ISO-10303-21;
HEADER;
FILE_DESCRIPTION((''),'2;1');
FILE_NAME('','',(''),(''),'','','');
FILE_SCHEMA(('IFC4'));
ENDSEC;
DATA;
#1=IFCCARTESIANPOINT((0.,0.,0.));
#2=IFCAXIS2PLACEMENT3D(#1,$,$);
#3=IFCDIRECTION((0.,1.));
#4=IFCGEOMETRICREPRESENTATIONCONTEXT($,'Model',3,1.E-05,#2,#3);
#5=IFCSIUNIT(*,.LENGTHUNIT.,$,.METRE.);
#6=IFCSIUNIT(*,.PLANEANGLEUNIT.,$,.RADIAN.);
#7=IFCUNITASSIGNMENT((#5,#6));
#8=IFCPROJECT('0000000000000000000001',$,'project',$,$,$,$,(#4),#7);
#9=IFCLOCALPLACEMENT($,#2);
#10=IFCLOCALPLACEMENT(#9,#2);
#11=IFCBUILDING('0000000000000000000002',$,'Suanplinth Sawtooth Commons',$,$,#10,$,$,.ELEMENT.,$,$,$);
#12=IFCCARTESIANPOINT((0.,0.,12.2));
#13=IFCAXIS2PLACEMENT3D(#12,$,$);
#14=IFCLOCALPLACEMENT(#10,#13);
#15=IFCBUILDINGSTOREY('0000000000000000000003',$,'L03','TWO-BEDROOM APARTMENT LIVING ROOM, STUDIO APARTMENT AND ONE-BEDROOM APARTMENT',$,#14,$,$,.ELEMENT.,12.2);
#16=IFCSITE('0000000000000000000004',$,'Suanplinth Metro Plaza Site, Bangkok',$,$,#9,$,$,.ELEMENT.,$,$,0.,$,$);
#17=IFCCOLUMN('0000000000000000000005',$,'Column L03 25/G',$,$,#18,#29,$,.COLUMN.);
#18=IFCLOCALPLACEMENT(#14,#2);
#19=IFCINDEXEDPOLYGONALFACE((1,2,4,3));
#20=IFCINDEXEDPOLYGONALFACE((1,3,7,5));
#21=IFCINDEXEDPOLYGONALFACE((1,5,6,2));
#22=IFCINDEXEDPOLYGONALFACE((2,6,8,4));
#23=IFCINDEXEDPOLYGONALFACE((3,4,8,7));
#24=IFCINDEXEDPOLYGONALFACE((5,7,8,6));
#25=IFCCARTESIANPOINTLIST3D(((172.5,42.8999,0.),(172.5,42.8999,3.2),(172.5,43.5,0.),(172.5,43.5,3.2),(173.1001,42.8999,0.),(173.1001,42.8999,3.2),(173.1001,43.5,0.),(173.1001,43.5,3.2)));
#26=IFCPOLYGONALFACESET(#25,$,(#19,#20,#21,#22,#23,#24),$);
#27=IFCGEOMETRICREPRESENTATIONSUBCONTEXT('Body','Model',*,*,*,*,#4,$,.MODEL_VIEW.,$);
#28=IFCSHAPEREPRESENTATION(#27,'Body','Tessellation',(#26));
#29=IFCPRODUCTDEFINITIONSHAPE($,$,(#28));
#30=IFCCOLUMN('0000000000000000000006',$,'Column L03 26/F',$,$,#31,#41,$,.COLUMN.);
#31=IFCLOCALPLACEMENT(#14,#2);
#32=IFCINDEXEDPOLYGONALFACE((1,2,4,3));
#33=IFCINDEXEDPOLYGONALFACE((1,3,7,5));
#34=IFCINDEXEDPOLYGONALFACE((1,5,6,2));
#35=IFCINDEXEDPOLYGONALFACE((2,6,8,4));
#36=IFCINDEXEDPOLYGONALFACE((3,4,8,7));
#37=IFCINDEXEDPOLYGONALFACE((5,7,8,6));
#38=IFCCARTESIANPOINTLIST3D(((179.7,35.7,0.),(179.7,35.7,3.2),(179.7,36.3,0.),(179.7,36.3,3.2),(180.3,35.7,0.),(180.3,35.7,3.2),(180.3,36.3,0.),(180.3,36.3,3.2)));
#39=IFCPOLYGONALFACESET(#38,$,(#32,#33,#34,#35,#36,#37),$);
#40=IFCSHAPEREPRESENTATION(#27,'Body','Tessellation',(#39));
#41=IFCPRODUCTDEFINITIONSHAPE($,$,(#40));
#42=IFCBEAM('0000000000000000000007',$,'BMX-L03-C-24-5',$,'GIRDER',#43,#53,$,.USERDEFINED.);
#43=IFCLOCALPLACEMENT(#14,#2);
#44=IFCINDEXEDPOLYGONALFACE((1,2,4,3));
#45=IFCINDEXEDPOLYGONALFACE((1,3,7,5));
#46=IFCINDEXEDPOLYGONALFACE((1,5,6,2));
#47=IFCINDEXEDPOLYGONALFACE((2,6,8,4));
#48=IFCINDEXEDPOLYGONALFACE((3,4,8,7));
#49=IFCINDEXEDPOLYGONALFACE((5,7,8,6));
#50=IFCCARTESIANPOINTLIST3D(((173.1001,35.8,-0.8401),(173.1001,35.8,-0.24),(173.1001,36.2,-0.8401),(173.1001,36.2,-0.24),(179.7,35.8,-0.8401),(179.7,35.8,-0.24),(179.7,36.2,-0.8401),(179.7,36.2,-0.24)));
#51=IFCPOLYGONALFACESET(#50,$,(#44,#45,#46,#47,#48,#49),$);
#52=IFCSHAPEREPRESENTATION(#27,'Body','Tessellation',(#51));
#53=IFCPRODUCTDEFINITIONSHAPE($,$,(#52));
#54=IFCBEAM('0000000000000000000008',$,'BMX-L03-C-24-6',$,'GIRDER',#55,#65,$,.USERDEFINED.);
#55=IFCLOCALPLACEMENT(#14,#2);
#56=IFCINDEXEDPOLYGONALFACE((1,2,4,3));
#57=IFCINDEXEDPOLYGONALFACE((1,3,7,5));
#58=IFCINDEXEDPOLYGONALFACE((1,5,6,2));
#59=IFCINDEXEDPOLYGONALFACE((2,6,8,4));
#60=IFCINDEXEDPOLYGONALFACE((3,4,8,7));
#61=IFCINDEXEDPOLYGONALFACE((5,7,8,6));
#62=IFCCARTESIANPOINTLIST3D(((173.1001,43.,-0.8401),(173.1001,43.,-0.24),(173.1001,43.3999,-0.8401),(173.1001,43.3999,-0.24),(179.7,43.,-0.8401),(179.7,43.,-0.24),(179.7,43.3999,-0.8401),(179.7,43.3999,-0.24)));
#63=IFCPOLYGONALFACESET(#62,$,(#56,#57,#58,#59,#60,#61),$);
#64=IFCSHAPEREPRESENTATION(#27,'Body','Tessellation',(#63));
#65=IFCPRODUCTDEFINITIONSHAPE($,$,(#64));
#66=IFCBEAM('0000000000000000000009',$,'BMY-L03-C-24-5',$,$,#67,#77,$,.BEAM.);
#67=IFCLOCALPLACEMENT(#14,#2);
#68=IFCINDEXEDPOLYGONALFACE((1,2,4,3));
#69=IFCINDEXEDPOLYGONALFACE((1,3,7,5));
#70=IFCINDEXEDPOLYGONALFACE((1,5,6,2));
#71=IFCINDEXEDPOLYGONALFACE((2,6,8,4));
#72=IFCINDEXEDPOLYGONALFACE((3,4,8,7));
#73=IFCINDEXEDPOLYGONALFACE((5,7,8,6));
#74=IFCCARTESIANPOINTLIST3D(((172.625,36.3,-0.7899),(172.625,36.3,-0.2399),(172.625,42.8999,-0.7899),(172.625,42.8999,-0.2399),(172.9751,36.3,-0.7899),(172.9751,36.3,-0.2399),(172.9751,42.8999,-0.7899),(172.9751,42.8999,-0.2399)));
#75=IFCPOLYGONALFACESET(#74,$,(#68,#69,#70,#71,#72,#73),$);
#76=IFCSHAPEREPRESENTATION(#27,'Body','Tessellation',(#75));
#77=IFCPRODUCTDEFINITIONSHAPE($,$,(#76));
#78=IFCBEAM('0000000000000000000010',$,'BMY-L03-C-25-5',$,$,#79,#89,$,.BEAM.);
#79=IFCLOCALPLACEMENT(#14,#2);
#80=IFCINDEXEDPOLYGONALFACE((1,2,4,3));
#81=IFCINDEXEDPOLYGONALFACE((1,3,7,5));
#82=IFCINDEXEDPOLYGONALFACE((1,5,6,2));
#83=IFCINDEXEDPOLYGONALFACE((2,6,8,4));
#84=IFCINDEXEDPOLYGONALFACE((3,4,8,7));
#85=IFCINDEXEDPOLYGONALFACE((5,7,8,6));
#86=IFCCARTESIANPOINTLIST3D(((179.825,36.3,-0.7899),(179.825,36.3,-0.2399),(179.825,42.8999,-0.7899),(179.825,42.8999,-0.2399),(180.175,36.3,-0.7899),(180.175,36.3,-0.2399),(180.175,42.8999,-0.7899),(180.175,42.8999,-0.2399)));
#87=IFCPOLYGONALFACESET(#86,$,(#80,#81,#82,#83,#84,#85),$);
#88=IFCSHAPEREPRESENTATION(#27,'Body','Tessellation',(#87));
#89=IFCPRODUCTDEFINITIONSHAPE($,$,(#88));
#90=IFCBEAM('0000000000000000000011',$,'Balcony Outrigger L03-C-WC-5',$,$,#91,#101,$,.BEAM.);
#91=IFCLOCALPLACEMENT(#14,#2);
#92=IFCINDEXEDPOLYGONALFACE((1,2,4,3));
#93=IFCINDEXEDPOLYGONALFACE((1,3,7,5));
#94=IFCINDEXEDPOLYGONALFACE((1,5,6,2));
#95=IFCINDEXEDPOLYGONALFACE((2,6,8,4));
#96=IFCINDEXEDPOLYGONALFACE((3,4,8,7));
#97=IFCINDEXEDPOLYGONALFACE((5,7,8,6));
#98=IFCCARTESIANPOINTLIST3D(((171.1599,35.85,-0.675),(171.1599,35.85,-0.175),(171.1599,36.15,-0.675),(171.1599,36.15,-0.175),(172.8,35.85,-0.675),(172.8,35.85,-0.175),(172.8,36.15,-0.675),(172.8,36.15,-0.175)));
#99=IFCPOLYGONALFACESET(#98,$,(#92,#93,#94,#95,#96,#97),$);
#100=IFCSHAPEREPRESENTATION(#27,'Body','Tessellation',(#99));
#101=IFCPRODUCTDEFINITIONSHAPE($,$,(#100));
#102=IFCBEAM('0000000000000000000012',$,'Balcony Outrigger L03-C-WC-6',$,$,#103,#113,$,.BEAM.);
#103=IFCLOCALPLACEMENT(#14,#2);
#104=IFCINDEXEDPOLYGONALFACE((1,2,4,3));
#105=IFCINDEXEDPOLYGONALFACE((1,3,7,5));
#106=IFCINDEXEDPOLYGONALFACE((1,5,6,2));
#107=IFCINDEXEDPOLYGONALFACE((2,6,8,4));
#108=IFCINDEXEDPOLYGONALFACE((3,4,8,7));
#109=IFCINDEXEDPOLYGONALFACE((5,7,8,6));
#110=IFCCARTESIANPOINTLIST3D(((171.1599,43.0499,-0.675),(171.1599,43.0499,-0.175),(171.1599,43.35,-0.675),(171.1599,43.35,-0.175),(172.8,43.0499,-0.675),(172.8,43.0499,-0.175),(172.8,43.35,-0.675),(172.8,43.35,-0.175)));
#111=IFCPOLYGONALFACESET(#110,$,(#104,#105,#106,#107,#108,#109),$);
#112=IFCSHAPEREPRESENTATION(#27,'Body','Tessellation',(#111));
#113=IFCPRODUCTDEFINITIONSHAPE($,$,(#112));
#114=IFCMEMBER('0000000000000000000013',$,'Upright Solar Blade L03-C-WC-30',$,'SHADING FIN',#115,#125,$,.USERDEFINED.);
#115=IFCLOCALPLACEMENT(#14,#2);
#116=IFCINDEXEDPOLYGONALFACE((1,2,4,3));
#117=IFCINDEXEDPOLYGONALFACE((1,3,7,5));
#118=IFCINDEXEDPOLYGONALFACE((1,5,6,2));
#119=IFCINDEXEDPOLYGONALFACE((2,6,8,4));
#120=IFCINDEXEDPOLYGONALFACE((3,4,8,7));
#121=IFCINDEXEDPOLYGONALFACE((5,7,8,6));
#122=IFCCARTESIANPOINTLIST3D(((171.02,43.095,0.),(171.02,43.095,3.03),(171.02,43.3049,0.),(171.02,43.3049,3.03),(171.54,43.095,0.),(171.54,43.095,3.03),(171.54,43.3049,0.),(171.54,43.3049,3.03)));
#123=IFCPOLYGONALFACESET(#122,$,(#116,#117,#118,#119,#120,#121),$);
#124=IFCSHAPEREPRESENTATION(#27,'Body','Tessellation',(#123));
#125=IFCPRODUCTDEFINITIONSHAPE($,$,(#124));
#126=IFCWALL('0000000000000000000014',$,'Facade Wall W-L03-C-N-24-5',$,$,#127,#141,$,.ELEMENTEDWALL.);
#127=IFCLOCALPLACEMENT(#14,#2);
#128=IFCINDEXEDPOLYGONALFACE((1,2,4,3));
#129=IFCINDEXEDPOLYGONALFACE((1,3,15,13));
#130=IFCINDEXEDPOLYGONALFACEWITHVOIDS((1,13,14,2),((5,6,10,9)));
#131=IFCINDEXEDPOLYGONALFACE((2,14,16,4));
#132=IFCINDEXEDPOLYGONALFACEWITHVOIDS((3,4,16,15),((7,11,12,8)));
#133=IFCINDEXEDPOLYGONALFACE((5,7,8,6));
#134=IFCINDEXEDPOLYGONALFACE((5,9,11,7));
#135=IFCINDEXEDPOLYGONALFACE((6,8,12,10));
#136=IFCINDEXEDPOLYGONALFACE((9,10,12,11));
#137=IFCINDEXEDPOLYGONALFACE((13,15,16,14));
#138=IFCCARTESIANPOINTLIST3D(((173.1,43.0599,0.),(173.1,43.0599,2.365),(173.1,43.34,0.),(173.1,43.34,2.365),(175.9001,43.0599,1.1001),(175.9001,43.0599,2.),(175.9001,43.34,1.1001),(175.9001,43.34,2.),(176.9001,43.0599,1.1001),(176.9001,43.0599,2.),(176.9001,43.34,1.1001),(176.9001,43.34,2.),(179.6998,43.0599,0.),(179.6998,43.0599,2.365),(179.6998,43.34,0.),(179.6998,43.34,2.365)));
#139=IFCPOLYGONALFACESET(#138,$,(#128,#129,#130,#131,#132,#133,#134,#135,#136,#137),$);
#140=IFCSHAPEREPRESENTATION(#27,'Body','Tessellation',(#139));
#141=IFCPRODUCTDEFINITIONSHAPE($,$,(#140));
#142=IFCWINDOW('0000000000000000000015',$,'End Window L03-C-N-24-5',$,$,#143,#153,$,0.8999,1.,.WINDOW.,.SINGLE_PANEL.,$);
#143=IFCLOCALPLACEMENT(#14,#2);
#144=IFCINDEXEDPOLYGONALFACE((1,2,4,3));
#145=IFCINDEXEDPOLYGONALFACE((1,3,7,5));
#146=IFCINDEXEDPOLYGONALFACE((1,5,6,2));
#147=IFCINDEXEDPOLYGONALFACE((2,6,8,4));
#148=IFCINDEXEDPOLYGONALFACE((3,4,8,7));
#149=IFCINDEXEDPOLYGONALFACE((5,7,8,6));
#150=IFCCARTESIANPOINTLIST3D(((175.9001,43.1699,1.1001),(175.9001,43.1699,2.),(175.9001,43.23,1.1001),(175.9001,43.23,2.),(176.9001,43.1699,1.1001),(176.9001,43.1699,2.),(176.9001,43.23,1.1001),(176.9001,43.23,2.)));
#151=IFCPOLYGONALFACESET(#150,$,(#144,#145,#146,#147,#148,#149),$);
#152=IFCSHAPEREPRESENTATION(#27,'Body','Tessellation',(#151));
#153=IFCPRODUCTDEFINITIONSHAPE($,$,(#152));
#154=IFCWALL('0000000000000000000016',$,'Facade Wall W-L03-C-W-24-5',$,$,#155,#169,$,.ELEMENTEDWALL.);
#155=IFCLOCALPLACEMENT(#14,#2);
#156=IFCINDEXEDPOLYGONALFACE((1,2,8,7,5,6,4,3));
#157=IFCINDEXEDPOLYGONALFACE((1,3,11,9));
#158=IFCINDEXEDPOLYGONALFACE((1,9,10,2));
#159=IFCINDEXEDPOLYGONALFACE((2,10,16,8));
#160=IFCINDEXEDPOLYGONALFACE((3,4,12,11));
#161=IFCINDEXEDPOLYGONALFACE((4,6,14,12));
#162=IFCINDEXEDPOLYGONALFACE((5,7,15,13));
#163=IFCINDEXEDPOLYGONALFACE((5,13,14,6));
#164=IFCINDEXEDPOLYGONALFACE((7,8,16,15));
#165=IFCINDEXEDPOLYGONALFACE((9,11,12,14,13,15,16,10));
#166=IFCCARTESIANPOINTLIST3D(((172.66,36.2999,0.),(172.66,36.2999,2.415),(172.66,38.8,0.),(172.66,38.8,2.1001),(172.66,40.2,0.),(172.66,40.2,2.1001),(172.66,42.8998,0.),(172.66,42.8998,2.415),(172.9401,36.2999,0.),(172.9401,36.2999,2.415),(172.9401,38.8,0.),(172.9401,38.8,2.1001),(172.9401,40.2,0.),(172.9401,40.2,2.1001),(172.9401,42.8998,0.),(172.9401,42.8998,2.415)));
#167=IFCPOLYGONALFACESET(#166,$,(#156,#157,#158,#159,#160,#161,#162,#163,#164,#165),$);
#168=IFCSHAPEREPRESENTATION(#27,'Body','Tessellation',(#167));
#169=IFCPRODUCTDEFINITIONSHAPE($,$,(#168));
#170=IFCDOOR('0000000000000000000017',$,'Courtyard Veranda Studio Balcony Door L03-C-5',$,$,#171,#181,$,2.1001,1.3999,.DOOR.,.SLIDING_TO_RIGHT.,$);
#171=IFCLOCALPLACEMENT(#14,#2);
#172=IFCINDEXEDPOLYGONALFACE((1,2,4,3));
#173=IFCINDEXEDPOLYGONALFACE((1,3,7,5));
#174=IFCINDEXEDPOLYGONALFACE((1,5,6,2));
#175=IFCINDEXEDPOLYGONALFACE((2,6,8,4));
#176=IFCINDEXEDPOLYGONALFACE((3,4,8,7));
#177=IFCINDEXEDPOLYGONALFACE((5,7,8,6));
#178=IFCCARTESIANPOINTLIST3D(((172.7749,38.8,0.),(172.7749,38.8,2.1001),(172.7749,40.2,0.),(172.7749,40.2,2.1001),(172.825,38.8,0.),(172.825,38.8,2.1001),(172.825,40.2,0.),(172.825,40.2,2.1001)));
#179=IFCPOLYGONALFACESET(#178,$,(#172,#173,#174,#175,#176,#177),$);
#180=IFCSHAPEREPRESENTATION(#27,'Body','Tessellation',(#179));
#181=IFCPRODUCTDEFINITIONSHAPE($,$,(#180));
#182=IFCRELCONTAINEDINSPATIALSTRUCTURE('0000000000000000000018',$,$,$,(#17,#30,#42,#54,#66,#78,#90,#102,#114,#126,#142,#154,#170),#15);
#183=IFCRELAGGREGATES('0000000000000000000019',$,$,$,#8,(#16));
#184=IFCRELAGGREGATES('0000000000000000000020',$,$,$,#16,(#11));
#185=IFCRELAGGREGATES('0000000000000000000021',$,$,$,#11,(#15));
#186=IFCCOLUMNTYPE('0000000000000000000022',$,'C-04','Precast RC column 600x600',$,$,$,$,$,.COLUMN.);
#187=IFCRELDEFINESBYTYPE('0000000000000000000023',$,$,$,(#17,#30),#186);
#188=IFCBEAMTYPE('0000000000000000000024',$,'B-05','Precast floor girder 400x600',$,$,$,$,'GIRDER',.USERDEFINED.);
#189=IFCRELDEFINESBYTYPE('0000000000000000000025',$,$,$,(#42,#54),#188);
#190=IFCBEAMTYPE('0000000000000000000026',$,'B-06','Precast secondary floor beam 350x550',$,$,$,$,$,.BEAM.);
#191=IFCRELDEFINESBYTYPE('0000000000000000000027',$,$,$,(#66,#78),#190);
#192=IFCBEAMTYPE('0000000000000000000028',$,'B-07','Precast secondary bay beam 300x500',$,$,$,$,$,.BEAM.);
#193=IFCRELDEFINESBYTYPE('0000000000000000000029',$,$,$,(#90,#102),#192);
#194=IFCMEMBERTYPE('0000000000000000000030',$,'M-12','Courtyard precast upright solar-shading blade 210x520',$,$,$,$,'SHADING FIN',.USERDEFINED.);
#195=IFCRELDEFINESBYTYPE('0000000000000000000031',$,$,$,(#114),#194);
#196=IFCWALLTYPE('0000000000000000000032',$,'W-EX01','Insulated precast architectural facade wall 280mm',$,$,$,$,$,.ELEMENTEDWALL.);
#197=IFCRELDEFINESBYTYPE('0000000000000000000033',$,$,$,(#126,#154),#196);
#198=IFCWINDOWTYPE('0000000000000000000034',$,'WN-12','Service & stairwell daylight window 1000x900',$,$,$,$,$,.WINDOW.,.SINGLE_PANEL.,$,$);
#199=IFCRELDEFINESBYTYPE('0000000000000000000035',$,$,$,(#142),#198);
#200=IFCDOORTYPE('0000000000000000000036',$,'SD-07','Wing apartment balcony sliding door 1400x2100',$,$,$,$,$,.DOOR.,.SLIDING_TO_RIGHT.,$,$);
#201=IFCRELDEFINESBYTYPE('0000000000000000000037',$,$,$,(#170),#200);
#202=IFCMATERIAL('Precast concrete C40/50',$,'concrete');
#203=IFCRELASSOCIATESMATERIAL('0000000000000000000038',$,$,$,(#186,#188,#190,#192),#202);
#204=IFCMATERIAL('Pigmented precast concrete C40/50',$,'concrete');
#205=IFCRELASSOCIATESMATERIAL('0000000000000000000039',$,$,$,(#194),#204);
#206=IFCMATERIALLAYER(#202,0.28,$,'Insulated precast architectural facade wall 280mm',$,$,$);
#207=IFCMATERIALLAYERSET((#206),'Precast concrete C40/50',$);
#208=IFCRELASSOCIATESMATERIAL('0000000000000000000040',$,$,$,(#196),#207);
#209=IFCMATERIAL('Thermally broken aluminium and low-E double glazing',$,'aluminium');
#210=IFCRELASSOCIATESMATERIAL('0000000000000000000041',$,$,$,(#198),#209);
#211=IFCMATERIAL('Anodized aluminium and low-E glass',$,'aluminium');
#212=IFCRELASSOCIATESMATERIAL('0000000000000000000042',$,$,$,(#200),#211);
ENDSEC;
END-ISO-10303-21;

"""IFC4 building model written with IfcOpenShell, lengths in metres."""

from ifc_helpers import new_model, si_unit, direction, frame, frame_2d, origin, origin_2d, place, context, subcontext, project, spatial, rectangle, extrude, material, layer, layer_set, material_profile, profile_set, type_object, element, fill, save


model = new_model("IFC4")

# Units and contexts
model_context = context("Model", 3, precision=1e-05, world=origin(), true_north=direction((0.0, 1.0)))
body_context = subcontext(model_context, "Body", "Model", "MODEL_VIEW")
ifc_project = project(units=[si_unit("LENGTHUNIT", "METRE"), si_unit("PLANEANGLEUNIT", "RADIAN")], contexts=[model_context])

# Site, building, storey
site_placement = place(None, origin())
site = spatial("IfcSite", under=ifc_project, at=site_placement, Name="Suanplinth Metro Plaza Site, Bangkok", CompositionType="ELEMENT", RefElevation=0.0)
building_placement = place(site_placement, origin())
building = spatial("IfcBuilding", under=site, at=building_placement, Name="Suanplinth Sawtooth Commons", CompositionType="ELEMENT")
storey_placement = place(building_placement, frame((0.0, 0.0, 12.2)))
storey = spatial("IfcBuildingStorey", under=building, at=storey_placement, Name="L03", Description="TWO-BEDROOM APARTMENT LIVING ROOM, STUDIO APARTMENT AND ONE-BEDROOM APARTMENT", CompositionType="ELEMENT", Elevation=12.2)

# Columns
ifc_material_1 = material(Name="Precast concrete C40/50", Category="concrete")
ifc_material_profile_1 = material_profile(ifc_material_1, rectangle(XDim=0.6001, YDim=0.6001, at=origin_2d()), Name="PC-COL 600x600")
ifc_profile_set_1 = profile_set([ifc_material_profile_1], Name="Precast concrete C40/50")
column_type = type_object("IfcColumnType", Name="C-04", Description="Precast RC column 600x600", PredefinedType="COLUMN", material=ifc_profile_set_1)
for number, where, z_axis, x_axis, name in (
    (1, (172.8, 43.2, 0.0), (0.0, 0.0, 1.0), (1.0, 0.0, 0.0), "Column L03 25/G"),
    (2, (180.0, 36.0, 0.0), (0.0, 0.0, 1.0), (1.0, 0.0, 0.0), "Column L03 26/F"),
):
    element("IfcColumn", number, at=place(storey_placement, frame(where, z_axis=z_axis, x_axis=x_axis)), inside=storey, type_object=column_type, Name=name, PredefinedType="COLUMN", context=body_context, shape_type="SweptSolid", body=[
        extrude(rectangle(XDim=0.6001, YDim=0.6001, at=origin_2d()), origin(), (0.0, 0.0, 1.0), 3.2),
    ])

# Beams
ifc_material_profile_2 = material_profile(ifc_material_1, rectangle(XDim=0.3999, YDim=0.6001, at=origin_2d()), Name="PC-GDR 400x600")
ifc_profile_set_2 = profile_set([ifc_material_profile_2], Name="Precast concrete C40/50")
beam_type_1 = type_object("IfcBeamType", Name="B-05", Description="Precast floor girder 400x600", ElementType="GIRDER", PredefinedType="USERDEFINED", material=ifc_profile_set_2)
for number, where, z_axis, x_axis, name in (
    (3, (173.1001, 36.0, -0.54), (1.0, 0.0, 0.0), (0.0, 1.0, 0.0), "BMX-L03-C-24-5"),
    (4, (173.1001, 43.2, -0.54), (1.0, 0.0, 0.0), (0.0, 1.0, 0.0), "BMX-L03-C-24-6"),
):
    element("IfcBeam", number, at=place(storey_placement, frame(where, z_axis=z_axis, x_axis=x_axis)), inside=storey, type_object=beam_type_1, Name=name, ObjectType="GIRDER", PredefinedType="USERDEFINED", context=body_context, shape_type="SweptSolid", body=[
        extrude(rectangle(XDim=0.3999, YDim=0.6001, at=origin_2d()), origin(), (0.0, 0.0, 1.0), 6.5999),
    ])
ifc_material_profile_3 = material_profile(ifc_material_1, rectangle(XDim=0.3501, YDim=0.55, at=origin_2d()), Name="PC-BM 350x550")
ifc_profile_set_3 = profile_set([ifc_material_profile_3], Name="Precast concrete C40/50")
beam_type_2 = type_object("IfcBeamType", Name="B-06", Description="Precast secondary floor beam 350x550", PredefinedType="BEAM", material=ifc_profile_set_3)
for number, where, z_axis, x_axis, name in (
    (5, (172.8, 36.3, -0.5149), (0.0, 1.0, 0.0), (-1.0, 0.0, 0.0), "BMY-L03-C-24-5"),
    (6, (180.0, 36.3, -0.5149), (0.0, 1.0, 0.0), (-1.0, 0.0, 0.0), "BMY-L03-C-25-5"),
):
    element("IfcBeam", number, at=place(storey_placement, frame(where, z_axis=z_axis, x_axis=x_axis)), inside=storey, type_object=beam_type_2, Name=name, PredefinedType="BEAM", context=body_context, shape_type="SweptSolid", body=[
        extrude(rectangle(XDim=0.3501, YDim=0.55, at=origin_2d()), origin(), (0.0, 0.0, 1.0), 6.5999),
    ])
ifc_material_profile_4 = material_profile(ifc_material_1, rectangle(XDim=0.3, YDim=0.5, at=origin_2d()), Name="PC-BM 300x500")
ifc_profile_set_4 = profile_set([ifc_material_profile_4], Name="Precast concrete C40/50")
beam_type_3 = type_object("IfcBeamType", Name="B-07", Description="Precast secondary bay beam 300x500", PredefinedType="BEAM", material=ifc_profile_set_4)
for number, where, z_axis, x_axis, name in (
    (7, (172.8, 36.0, -0.425), (-1.0, 0.0, 0.0), (0.0, -1.0, 0.0), "Balcony Outrigger L03-C-WC-5"),
    (8, (172.8, 43.2, -0.425), (-1.0, 0.0, 0.0), (0.0, -1.0, 0.0), "Balcony Outrigger L03-C-WC-6"),
):
    element("IfcBeam", number, at=place(storey_placement, frame(where, z_axis=z_axis, x_axis=x_axis)), inside=storey, type_object=beam_type_3, Name=name, PredefinedType="BEAM", context=body_context, shape_type="SweptSolid", body=[
        extrude(rectangle(XDim=0.3, YDim=0.5, at=origin_2d()), origin(), (0.0, 0.0, 1.0), 1.6401),
    ])

# Member
ifc_material_2 = material(Name="Pigmented precast concrete C40/50", Category="concrete")
ifc_material_profile_5 = material_profile(ifc_material_2, rectangle(XDim=0.21, YDim=0.52, at=origin_2d()), Name="PC-FIN 210x520")
ifc_profile_set_5 = profile_set([ifc_material_profile_5], Name="Pigmented precast concrete C40/50")
member_type = type_object("IfcMemberType", Name="M-12", Description="Courtyard precast upright solar-shading blade 210x520", ElementType="SHADING FIN", PredefinedType="USERDEFINED", material=ifc_profile_set_5)
member_placement = place(storey_placement, frame((171.28, 43.2, 0.0), z_axis=(0.0, 0.0, 1.0), x_axis=(0.0, 1.0, 0.0)))
element("IfcMember", 9, at=member_placement, inside=storey, type_object=member_type, Name="Upright Solar Blade L03-C-WC-30", ObjectType="SHADING FIN", PredefinedType="USERDEFINED", context=body_context, shape_type="SweptSolid", body=[
    extrude(rectangle(XDim=0.21, YDim=0.52, at=origin_2d()), origin(), (0.0, 0.0, 1.0), 3.03),
])

# Wall, opening, window
ifc_layer_1 = layer(ifc_material_1, 0.28, Name="Insulated precast architectural facade wall 280mm")
ifc_layer_set_1 = layer_set([ifc_layer_1], Name="Precast concrete C40/50")
wall_type_1 = type_object("IfcWallType", Name="W-EX01", Description="Insulated precast architectural facade wall 280mm", PredefinedType="ELEMENTEDWALL", material=ifc_layer_set_1)
wall_1_placement = place(storey_placement, frame((173.1001, 43.2, 0.0), z_axis=(0.0, 0.0, 1.0), x_axis=(1.0, 0.0, 0.0)))
wall_1 = element("IfcWall", 10, at=wall_1_placement, inside=storey, type_object=wall_type_1, Name="Facade Wall W-L03-C-N-24-5", PredefinedType="ELEMENTEDWALL", context=body_context, shape_type="SweptSolid", body=[
    extrude(rectangle(XDim=6.5999, YDim=0.28, at=frame_2d((3.2998, 0.0))), origin(), (0.0, 0.0, 1.0), 2.365),
])
opening_1_placement = place(wall_1_placement, frame((2.8, 0.0, 1.1001)))
opening_1 = element("IfcOpeningElement", 11, at=opening_1_placement, cuts=wall_1, PredefinedType="OPENING", context=body_context, shape_type="SweptSolid", body=[
    extrude(rectangle(XDim=1.0, YDim=0.8999, at=frame_2d((0.5, 0.45))), frame((0.0, 0.1548, 0.0), z_axis=(0.0, -1.0, 0.0), x_axis=(1.0, 0.0, 0.0)), (0.0, 0.0, 1.0), 0.3098),
])
ifc_material_3 = material(Name="Thermally broken aluminium and low-E double glazing", Category="aluminium")
window_type = type_object("IfcWindowType", Name="WN-12", Description="Service & stairwell daylight window 1000x900", PartitioningType="SINGLE_PANEL", PredefinedType="WINDOW", material=ifc_material_3)
window_placement = place(opening_1_placement, origin())
window = element("IfcWindow", 12, at=window_placement, inside=storey, type_object=window_type, Name="End Window L03-C-N-24-5", OverallHeight=0.8999, OverallWidth=1.0, PartitioningType="SINGLE_PANEL", PredefinedType="WINDOW", context=body_context, shape_type="SweptSolid", body=[
    extrude(rectangle(XDim=1.0, YDim=0.8999, at=frame_2d((0.5, 0.45))), frame((0.0, 0.03, 0.0), z_axis=(0.0, -1.0, 0.0), x_axis=(1.0, 0.0, 0.0)), (0.0, 0.0, 1.0), 0.0601),
])
fill(opening_1, window)

# Wall, opening, door
wall_2_placement = place(storey_placement, frame((172.8, 36.3, 0.0), z_axis=(0.0, 0.0, 1.0), x_axis=(0.0, 1.0, 0.0)))
wall_2 = element("IfcWall", 13, at=wall_2_placement, inside=storey, type_object=wall_type_1, Name="Facade Wall W-L03-C-W-24-5", PredefinedType="ELEMENTEDWALL", context=body_context, shape_type="SweptSolid", body=[
    extrude(rectangle(XDim=6.5999, YDim=0.28, at=frame_2d((3.2998, 0.0))), origin(), (0.0, 0.0, 1.0), 2.415),
])
opening_2_placement = place(wall_2_placement, frame((2.5, 0.0, 0.0)))
opening_2 = element("IfcOpeningElement", 14, at=opening_2_placement, cuts=wall_2, PredefinedType="OPENING", context=body_context, shape_type="SweptSolid", body=[
    extrude(rectangle(XDim=1.3999, YDim=2.1001, at=frame_2d((0.7, 1.05))), frame((0.0, 0.1548, 0.0), z_axis=(0.0, -1.0, 0.0), x_axis=(1.0, 0.0, 0.0)), (0.0, 0.0, 1.0), 0.3098),
])
ifc_material_4 = material(Name="Anodized aluminium and low-E glass", Category="aluminium")
door_type_1 = type_object("IfcDoorType", Name="SD-07", Description="Wing apartment balcony sliding door 1400x2100", OperationType="SLIDING_TO_RIGHT", PredefinedType="DOOR", material=ifc_material_4)
door_1_placement = place(opening_2_placement, frame((1.3999, 0.0, 0.0), z_axis=(0.0, 0.0, 1.0), x_axis=(-1.0, 0.0, 0.0)))
door_1 = element("IfcDoor", 15, at=door_1_placement, inside=storey, type_object=door_type_1, Name="Courtyard Veranda Studio Balcony Door L03-C-5", OperationType="SLIDING_TO_RIGHT", OverallHeight=2.1001, OverallWidth=1.3999, PredefinedType="DOOR", context=body_context, shape_type="SweptSolid", body=[
    extrude(rectangle(XDim=1.3999, YDim=2.1001, at=frame_2d((0.7, 1.05))), frame((0.0, 0.0249, 0.0), z_axis=(0.0, -1.0, 0.0), x_axis=(1.0, 0.0, 0.0)), (0.0, 0.0, 1.0), 0.05),
])
fill(opening_2, door_1)

save(model, "model.ifc")
